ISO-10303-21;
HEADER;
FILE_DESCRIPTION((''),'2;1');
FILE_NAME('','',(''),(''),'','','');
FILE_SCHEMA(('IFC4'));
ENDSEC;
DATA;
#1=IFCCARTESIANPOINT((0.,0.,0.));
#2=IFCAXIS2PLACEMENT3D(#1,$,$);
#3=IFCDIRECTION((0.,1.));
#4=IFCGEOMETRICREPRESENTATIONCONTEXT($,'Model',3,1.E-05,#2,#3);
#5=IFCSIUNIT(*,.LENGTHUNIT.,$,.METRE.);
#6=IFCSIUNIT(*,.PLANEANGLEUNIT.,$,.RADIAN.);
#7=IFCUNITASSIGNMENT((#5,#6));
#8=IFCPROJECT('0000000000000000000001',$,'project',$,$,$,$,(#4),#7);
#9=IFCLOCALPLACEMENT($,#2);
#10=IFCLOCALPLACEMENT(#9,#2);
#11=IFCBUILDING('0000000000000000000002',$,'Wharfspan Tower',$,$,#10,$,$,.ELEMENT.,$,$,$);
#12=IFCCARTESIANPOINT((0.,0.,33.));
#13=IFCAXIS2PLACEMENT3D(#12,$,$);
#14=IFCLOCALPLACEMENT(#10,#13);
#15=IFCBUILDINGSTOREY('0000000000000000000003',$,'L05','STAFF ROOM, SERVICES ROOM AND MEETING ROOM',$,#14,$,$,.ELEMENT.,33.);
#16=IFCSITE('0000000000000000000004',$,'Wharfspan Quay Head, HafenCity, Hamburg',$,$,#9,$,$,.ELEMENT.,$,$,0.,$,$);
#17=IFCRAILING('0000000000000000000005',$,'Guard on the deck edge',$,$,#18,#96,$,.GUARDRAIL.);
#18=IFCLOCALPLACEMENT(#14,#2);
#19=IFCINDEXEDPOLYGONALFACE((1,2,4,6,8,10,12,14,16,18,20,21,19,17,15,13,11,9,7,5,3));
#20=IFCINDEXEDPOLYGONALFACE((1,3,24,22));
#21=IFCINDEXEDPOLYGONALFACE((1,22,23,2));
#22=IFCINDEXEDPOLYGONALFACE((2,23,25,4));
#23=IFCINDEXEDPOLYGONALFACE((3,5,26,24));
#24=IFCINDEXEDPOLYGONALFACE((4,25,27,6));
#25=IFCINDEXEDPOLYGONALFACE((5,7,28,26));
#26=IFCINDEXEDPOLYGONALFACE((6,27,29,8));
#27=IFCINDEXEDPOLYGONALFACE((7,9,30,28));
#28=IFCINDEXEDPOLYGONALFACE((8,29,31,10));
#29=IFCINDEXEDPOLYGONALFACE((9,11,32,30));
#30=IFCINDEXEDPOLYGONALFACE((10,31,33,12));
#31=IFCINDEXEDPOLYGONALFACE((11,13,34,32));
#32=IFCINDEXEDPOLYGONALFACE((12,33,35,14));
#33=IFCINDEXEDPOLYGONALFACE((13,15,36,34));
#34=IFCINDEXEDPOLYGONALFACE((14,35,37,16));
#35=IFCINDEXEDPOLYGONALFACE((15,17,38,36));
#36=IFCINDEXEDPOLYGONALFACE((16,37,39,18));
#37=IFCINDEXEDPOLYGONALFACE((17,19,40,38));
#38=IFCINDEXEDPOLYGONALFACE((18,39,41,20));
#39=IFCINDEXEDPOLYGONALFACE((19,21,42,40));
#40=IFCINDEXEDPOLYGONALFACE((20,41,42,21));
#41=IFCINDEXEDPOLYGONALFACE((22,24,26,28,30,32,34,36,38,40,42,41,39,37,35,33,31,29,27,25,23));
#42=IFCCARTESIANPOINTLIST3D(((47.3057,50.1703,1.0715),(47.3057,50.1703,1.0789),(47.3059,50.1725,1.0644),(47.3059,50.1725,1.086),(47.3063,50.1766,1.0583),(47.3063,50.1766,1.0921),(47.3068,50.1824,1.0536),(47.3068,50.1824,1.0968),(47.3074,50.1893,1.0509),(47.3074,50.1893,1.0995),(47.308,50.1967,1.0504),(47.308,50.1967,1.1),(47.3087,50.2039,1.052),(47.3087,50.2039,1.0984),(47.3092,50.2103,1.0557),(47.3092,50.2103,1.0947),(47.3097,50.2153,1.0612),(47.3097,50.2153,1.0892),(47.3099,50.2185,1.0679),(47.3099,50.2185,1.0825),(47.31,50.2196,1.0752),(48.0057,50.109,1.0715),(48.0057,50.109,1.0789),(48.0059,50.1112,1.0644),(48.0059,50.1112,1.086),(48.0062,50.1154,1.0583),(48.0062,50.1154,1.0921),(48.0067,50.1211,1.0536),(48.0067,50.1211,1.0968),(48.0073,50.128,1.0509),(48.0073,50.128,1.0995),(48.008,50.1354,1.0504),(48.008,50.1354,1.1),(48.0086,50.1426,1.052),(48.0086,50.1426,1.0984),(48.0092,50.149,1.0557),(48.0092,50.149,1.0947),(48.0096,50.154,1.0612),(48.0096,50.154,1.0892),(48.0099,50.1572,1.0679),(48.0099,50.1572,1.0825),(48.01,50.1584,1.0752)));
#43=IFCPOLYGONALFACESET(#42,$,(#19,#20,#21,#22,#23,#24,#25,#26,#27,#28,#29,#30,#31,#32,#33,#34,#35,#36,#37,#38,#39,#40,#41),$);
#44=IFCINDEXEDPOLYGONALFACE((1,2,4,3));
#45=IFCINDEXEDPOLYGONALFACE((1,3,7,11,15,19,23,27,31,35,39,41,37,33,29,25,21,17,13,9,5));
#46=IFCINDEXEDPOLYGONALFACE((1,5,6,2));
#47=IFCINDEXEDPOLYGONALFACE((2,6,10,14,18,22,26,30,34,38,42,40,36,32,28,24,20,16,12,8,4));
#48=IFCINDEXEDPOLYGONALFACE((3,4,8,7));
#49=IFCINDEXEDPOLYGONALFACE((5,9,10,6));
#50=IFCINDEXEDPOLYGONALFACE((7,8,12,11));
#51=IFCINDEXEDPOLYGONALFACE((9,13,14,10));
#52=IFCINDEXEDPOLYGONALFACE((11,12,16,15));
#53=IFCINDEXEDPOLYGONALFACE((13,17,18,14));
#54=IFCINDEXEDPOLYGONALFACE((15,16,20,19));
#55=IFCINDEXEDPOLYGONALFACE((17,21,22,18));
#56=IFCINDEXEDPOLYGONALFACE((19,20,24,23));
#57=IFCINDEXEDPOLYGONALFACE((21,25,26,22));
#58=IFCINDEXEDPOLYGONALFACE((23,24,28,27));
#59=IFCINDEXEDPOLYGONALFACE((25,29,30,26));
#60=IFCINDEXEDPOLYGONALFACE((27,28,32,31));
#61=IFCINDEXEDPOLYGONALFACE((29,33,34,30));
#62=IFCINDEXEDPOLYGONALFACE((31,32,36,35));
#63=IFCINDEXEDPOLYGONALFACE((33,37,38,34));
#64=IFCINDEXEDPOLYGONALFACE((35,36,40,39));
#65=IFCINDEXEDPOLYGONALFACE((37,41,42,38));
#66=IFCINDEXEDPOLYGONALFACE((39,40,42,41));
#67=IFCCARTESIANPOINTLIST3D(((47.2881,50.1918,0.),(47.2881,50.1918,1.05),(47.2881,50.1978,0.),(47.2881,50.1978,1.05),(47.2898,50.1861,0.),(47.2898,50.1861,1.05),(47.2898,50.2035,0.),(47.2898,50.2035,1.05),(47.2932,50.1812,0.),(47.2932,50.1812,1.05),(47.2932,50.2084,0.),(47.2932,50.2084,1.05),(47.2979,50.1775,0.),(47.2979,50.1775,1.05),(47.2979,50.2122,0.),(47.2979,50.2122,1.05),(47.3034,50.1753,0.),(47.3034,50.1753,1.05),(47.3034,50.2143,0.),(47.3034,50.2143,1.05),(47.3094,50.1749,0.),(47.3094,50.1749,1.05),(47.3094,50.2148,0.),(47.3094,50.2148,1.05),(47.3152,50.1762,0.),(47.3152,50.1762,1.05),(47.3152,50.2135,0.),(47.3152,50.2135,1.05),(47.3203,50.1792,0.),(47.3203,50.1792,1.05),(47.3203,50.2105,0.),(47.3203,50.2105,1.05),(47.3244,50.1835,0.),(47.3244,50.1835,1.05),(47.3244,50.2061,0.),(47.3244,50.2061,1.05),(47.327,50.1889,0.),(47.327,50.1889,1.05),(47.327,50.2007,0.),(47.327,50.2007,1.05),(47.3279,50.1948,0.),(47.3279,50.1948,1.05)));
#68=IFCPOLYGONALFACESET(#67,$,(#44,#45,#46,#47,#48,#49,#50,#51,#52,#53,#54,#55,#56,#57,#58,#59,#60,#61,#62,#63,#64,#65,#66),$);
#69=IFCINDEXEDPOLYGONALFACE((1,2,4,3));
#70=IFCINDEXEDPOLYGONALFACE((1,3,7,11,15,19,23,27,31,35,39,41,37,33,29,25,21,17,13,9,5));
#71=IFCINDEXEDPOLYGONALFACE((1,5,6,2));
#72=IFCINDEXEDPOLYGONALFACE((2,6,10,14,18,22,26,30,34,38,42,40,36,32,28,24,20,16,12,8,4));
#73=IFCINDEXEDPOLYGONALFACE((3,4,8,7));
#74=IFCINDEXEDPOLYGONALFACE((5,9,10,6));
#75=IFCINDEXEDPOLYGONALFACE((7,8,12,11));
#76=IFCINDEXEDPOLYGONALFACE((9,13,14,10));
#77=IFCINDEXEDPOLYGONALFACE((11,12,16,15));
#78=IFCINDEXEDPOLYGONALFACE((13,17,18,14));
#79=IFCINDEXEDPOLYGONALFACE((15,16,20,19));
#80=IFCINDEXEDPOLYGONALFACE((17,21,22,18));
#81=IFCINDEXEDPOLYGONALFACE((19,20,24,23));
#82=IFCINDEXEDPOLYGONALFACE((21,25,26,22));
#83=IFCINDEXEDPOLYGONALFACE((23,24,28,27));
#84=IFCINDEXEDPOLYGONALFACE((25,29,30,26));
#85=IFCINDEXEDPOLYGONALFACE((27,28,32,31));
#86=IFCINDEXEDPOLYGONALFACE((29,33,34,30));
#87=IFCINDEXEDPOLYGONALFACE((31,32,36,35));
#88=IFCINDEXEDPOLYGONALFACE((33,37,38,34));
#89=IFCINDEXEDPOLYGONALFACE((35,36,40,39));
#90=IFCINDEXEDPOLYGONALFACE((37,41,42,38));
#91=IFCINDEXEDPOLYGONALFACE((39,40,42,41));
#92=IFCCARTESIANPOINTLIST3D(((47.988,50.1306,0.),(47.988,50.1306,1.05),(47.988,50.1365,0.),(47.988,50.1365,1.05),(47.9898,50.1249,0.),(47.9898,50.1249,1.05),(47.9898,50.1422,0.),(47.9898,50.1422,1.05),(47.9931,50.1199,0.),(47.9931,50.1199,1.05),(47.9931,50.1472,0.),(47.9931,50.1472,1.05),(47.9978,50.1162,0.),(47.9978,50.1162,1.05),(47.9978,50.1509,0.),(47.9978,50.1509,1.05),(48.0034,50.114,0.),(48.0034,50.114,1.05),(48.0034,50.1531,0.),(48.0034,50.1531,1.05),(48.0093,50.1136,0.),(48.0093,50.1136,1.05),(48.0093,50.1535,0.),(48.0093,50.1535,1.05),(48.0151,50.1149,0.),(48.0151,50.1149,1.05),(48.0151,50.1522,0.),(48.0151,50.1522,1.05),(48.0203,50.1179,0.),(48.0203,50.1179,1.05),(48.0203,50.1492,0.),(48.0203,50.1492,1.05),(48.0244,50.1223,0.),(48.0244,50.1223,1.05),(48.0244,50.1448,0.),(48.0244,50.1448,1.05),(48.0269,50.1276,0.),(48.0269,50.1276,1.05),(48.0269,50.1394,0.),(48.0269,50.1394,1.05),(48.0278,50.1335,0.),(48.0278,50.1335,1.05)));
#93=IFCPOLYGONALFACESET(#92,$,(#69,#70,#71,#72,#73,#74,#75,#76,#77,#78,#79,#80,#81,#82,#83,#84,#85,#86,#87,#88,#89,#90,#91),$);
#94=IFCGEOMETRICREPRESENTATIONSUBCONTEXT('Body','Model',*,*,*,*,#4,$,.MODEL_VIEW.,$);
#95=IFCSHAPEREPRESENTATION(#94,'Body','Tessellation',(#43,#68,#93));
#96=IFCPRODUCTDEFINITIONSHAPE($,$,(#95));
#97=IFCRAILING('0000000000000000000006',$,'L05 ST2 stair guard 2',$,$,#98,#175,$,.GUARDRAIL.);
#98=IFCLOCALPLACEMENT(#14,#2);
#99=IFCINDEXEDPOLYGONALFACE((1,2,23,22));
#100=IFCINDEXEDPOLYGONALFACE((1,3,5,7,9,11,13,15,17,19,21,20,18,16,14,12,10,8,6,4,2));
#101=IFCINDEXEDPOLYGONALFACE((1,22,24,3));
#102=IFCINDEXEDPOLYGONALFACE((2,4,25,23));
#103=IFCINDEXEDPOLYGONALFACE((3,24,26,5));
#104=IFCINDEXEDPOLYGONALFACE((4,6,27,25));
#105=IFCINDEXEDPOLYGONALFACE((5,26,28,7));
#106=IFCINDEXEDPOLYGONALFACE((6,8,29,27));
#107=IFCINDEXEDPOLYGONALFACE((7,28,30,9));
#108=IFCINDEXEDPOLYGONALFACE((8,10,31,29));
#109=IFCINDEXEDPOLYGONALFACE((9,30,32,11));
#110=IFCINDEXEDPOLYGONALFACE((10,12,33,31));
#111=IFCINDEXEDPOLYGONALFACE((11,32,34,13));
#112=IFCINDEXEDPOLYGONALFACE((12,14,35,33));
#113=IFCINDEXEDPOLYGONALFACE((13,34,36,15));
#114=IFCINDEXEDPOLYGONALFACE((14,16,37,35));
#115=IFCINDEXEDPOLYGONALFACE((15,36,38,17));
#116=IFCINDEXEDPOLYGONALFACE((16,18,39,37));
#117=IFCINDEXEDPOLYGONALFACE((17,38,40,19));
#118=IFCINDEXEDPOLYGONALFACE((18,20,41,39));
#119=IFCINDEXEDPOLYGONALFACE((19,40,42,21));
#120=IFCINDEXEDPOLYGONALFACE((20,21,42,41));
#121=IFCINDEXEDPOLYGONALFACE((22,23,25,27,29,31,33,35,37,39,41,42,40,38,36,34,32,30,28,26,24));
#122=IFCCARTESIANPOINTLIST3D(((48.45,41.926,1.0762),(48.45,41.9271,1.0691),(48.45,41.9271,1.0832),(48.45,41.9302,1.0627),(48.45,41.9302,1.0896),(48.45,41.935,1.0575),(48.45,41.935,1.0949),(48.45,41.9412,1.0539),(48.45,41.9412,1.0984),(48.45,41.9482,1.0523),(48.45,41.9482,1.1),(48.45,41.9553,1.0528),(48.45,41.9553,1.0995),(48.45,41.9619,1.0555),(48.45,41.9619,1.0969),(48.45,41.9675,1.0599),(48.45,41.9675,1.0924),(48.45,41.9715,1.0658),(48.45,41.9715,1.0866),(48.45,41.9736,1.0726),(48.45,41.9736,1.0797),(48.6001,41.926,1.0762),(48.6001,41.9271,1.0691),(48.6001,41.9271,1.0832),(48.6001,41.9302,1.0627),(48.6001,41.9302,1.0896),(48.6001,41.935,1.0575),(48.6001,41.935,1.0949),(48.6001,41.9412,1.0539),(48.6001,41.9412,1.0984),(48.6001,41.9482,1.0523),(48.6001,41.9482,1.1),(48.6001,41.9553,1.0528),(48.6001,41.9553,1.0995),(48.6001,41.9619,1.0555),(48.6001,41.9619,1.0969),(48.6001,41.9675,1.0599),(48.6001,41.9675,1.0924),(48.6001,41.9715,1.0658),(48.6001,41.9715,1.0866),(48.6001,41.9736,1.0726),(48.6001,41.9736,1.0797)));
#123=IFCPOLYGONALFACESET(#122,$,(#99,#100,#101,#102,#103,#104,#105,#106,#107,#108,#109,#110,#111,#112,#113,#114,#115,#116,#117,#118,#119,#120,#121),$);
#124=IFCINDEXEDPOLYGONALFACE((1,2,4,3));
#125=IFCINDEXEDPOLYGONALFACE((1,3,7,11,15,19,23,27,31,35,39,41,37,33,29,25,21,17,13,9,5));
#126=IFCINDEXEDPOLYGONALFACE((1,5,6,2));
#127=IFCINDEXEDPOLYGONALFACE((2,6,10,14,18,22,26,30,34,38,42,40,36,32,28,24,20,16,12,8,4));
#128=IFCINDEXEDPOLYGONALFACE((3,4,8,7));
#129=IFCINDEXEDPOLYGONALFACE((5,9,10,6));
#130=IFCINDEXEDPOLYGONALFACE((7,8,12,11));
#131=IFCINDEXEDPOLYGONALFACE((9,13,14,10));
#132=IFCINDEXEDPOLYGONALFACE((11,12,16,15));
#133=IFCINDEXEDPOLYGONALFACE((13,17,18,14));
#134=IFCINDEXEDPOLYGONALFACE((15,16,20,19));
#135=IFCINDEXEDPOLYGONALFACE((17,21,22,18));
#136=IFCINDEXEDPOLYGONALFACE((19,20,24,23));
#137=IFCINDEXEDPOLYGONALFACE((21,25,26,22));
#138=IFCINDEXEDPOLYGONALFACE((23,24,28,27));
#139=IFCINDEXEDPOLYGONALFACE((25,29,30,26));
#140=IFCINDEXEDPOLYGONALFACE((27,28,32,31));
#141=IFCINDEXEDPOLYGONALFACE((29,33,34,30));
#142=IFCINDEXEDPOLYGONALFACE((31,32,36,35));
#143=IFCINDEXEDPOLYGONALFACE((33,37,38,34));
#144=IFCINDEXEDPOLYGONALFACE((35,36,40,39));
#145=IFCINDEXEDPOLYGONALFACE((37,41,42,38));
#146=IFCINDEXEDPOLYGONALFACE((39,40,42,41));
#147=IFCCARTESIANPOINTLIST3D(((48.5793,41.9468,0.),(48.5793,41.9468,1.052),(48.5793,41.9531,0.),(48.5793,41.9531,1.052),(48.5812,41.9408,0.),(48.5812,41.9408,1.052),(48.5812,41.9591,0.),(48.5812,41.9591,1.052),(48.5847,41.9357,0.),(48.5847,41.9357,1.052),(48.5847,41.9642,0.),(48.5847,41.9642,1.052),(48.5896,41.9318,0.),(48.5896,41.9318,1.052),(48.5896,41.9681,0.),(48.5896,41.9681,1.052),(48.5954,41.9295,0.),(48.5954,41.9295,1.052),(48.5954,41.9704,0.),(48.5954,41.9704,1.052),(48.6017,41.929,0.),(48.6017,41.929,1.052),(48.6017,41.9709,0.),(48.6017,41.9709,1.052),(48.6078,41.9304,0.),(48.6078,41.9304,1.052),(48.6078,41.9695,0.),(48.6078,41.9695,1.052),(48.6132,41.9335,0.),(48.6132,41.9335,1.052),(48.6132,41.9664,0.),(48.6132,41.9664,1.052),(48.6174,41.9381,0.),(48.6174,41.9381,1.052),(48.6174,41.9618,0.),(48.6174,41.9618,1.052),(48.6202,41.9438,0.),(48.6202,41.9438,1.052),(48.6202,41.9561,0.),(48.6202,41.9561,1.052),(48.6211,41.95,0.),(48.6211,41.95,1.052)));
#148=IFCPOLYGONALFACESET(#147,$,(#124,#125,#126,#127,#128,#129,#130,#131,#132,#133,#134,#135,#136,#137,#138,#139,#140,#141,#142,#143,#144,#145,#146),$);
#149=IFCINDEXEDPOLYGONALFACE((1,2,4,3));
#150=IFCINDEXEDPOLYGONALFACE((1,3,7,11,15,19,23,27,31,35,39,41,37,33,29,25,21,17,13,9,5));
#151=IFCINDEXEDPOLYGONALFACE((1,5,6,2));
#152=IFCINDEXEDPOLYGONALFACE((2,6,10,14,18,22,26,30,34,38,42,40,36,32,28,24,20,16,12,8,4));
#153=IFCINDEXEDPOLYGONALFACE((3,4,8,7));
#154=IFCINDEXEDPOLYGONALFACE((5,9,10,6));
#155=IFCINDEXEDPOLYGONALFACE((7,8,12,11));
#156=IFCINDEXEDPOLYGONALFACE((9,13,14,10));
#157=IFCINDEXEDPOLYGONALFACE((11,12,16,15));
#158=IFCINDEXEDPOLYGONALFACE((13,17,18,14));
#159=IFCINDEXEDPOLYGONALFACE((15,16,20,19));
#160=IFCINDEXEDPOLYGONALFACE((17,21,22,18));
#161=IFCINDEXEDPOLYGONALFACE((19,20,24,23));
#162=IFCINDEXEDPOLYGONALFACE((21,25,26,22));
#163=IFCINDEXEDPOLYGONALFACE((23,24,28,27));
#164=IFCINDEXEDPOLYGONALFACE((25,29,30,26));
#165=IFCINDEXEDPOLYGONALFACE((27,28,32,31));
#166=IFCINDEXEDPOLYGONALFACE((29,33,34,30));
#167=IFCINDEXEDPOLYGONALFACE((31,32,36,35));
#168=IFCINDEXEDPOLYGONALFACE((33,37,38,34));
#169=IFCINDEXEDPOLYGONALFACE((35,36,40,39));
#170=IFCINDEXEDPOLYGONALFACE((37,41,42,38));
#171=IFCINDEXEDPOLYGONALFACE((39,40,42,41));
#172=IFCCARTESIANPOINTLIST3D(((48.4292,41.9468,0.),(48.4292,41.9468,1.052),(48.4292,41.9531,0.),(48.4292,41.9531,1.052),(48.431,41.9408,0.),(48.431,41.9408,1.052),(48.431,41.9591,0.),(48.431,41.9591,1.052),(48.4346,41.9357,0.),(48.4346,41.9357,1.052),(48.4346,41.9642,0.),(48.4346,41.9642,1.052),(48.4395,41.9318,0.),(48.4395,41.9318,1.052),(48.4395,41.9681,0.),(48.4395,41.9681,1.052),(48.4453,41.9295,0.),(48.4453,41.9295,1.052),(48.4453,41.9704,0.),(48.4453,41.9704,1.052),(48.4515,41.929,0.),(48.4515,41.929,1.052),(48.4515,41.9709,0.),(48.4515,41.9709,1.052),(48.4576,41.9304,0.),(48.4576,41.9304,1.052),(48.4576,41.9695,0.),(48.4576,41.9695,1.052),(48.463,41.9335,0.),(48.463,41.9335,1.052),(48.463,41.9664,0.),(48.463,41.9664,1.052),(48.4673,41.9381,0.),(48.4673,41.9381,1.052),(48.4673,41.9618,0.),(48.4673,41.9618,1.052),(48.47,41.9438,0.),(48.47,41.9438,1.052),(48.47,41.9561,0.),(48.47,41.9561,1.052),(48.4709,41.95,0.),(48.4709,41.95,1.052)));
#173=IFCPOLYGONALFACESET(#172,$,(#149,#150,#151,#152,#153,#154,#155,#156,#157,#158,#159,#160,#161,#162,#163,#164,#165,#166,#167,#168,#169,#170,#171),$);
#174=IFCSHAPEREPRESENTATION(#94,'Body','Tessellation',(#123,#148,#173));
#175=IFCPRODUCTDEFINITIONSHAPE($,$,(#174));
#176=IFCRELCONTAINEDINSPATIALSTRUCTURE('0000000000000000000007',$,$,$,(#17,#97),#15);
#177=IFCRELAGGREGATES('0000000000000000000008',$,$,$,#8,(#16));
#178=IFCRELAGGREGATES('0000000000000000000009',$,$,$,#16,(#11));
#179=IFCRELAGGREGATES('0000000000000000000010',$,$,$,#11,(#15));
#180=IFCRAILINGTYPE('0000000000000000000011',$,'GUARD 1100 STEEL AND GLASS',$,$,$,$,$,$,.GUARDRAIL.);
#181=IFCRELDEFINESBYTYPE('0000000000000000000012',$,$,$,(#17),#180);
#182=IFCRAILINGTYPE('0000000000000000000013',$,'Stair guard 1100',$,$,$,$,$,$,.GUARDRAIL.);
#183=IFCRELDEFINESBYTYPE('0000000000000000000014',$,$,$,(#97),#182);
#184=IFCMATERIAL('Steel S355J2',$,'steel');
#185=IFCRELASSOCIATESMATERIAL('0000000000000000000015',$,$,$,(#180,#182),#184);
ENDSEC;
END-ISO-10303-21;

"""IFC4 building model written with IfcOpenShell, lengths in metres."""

from ifc_helpers import new_model, si_unit, direction, frame, origin, origin_2d, place, context, subcontext, project, spatial, circle, extrude, material, type_object, element, save


model = new_model("IFC4")

# Units and contexts
model_context = context("Model", 3, precision=1e-05, world=origin(), true_north=direction((0.0, 1.0)))
body_context = subcontext(model_context, "Body", "Model", "MODEL_VIEW")
ifc_project = project(units=[si_unit("LENGTHUNIT", "METRE"), si_unit("PLANEANGLEUNIT", "RADIAN")], contexts=[model_context])

# Site, building, storey
site_placement = place(None, origin())
site = spatial("IfcSite", under=ifc_project, at=site_placement, Name="Wharfspan Quay Head, HafenCity, Hamburg", CompositionType="ELEMENT", RefElevation=0.0)
building_placement = place(site_placement, origin())
building = spatial("IfcBuilding", under=site, at=building_placement, Name="Wharfspan Tower", CompositionType="ELEMENT")
storey_placement = place(building_placement, frame((0.0, 0.0, 33.0)))
storey = spatial("IfcBuildingStorey", under=building, at=storey_placement, Name="L05", Description="STAFF ROOM, SERVICES ROOM AND MEETING ROOM", CompositionType="ELEMENT", Elevation=33.0)

# Railings
ifc_material_1 = material(Name="Steel S355J2", Category="steel")
railing_type_1 = type_object("IfcRailingType", Name="GUARD 1100 STEEL AND GLASS", PredefinedType="GUARDRAIL", material=ifc_material_1)
railing_1_placement = place(storey_placement, frame((47.3079, 50.1948, 0.0)))
element("IfcRailing", 1, at=railing_1_placement, inside=storey, type_object=railing_type_1, Name="Guard on the deck edge", PredefinedType="GUARDRAIL", context=body_context, shape_type="SweptSolid", body=[
    extrude(circle(Radius=0.0249, at=origin_2d()), frame((0.0, 0.0, 1.0752), z_axis=(0.99619, -0.087214, 0.0), x_axis=(0.087214, 0.99619, 0.0)), (0.0, 0.0, 1.0), 0.7026),
    extrude(circle(Radius=0.02, at=origin_2d()), origin(), (0.0, 0.0, 1.0), 1.05),
    extrude(circle(Radius=0.02, at=origin_2d()), frame((0.7, -0.0613, 0.0)), (0.0, 0.0, 1.0), 1.05),
])
railing_type_2 = type_object("IfcRailingType", Name="Stair guard 1100", PredefinedType="GUARDRAIL", material=ifc_material_1)
railing_2_placement = place(storey_placement, frame((48.6001, 41.95, 0.0)))
element("IfcRailing", 2, at=railing_2_placement, inside=storey, type_object=railing_type_2, Name="L05 ST2 stair guard 2", PredefinedType="GUARDRAIL", context=body_context, shape_type="SweptSolid", body=[
    extrude(circle(Radius=0.0239, at=origin_2d()), frame((0.0, 0.0, 1.0762), z_axis=(-1.0, 0.0, 0.0), x_axis=(0.0, -1.0, 0.0)), (0.0, 0.0, 1.0), 0.1501),
    extrude(circle(Radius=0.021, at=origin_2d()), origin(), (0.0, 0.0, 1.0), 1.052),
    extrude(circle(Radius=0.021, at=origin_2d()), frame((-0.1501, 0.0, 0.0)), (0.0, 0.0, 1.0), 1.052),
])

save(model, "model.ifc")
